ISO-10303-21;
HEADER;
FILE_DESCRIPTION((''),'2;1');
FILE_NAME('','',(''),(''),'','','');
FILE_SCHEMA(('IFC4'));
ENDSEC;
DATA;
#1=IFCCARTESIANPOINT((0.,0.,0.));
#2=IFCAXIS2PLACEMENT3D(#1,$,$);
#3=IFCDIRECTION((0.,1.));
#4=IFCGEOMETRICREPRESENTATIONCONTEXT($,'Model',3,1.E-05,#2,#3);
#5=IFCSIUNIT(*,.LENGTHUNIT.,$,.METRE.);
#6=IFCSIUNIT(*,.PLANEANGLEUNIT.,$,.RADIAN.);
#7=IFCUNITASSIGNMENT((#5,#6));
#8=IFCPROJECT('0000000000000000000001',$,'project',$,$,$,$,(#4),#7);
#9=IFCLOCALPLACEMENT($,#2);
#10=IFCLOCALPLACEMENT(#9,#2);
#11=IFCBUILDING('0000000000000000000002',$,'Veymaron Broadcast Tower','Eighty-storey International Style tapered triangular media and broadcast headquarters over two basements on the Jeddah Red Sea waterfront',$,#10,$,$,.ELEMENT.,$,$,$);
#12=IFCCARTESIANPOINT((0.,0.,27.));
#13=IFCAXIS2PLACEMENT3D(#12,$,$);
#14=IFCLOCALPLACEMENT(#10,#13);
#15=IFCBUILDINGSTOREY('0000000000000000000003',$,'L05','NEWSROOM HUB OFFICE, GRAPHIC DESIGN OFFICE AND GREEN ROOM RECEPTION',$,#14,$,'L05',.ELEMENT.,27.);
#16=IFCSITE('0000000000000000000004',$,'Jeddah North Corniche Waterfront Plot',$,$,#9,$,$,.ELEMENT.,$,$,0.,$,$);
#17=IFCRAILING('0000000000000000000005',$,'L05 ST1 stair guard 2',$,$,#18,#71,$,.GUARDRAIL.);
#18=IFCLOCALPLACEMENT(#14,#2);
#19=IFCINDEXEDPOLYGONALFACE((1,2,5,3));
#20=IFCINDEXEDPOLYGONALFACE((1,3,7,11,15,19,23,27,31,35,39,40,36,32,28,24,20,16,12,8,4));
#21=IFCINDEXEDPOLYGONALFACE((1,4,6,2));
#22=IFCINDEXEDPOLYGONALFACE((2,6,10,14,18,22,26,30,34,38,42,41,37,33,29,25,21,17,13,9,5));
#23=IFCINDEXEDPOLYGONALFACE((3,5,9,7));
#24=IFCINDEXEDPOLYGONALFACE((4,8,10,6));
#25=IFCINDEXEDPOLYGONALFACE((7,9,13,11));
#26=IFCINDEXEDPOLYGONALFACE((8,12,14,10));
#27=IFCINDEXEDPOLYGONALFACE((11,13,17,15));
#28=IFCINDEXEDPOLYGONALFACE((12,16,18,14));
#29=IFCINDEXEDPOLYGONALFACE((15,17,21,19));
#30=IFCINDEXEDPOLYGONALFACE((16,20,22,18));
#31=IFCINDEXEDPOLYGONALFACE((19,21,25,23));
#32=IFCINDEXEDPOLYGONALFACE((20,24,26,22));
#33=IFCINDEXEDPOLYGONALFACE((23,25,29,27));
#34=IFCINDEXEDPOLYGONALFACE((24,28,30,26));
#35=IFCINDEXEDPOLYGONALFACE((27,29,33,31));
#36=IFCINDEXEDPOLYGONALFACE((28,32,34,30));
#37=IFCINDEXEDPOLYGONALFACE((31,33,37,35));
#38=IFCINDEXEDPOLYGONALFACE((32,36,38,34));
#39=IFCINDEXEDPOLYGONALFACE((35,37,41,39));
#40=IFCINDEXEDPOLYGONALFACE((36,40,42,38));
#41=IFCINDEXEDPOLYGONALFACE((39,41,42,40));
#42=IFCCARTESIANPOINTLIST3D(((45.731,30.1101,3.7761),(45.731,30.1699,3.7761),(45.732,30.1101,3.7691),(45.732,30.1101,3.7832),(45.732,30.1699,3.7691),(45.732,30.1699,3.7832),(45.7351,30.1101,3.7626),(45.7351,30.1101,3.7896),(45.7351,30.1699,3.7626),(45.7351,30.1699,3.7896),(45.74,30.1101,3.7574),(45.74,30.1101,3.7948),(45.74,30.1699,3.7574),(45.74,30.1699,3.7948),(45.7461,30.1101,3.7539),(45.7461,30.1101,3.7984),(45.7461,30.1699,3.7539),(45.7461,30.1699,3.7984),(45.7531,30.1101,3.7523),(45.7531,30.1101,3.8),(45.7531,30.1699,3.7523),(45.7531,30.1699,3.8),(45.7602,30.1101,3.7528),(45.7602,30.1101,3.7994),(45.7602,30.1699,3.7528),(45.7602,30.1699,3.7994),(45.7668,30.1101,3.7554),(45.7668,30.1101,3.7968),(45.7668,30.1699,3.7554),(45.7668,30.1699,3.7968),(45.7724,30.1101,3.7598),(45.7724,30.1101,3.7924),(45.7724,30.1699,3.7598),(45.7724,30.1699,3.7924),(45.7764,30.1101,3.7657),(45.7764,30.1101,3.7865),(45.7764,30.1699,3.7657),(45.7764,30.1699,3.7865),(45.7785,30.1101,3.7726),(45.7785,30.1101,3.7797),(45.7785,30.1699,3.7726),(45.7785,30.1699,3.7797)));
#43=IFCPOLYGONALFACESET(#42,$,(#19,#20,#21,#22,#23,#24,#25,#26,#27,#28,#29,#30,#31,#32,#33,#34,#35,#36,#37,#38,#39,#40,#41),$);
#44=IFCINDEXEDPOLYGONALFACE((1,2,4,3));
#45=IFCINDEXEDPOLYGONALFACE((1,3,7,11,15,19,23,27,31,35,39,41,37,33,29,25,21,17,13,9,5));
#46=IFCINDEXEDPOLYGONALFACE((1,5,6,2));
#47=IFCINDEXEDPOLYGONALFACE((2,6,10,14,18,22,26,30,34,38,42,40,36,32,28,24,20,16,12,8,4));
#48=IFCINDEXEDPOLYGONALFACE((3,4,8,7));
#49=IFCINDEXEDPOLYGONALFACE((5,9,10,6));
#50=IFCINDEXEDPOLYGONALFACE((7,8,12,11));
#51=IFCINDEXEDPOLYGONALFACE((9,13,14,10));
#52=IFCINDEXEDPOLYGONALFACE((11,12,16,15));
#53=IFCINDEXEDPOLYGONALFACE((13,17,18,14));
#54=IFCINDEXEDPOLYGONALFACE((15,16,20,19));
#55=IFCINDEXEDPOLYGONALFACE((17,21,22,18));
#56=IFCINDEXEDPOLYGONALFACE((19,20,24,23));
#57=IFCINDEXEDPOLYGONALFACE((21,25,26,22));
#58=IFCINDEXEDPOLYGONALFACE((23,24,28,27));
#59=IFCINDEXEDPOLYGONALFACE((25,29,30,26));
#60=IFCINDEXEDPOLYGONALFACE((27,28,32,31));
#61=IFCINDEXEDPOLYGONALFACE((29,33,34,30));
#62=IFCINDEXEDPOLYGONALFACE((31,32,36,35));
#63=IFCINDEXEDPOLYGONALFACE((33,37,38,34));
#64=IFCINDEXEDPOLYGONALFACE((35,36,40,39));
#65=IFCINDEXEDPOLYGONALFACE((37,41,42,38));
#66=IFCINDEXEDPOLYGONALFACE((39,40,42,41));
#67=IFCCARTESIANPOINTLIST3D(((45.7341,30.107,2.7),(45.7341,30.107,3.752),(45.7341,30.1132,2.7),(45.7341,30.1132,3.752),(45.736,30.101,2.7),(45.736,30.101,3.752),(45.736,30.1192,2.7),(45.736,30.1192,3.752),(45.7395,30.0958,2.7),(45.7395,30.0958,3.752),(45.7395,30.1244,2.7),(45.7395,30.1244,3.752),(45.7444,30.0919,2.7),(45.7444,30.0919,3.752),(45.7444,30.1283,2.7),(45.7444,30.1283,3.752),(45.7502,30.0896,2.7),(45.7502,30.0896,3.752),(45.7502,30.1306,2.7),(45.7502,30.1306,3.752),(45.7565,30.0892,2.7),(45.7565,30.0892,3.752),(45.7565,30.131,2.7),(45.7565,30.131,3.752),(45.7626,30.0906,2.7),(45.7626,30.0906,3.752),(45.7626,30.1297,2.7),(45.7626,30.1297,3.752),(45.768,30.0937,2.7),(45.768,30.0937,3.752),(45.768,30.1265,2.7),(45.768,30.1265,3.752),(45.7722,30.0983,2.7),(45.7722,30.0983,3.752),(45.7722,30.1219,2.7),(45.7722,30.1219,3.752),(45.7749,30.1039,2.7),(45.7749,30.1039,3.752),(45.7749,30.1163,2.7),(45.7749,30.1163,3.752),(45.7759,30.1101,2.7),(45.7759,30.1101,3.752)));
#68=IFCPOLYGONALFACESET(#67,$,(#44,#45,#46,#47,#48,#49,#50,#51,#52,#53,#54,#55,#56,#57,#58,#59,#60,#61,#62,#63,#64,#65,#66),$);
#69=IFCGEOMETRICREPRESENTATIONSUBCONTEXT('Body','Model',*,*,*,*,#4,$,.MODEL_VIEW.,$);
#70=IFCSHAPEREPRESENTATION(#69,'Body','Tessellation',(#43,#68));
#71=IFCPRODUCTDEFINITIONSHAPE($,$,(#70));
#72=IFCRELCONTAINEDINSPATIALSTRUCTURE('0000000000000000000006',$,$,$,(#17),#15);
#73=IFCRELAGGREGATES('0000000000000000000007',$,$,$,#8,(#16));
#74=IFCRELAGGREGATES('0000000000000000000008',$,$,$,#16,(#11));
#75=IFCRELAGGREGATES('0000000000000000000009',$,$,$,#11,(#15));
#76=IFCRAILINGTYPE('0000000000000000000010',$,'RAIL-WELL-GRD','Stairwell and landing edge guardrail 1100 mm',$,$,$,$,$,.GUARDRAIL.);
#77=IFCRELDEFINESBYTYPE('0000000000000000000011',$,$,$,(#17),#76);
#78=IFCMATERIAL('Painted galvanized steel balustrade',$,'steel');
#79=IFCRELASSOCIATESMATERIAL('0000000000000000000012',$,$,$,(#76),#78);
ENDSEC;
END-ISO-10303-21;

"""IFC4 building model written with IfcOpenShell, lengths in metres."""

from ifc_helpers import new_model, si_unit, direction, frame, origin, origin_2d, place, context, subcontext, project, spatial, circle, extrude, material, type_object, element, save


model = new_model("IFC4")

# Units and contexts
model_context = context("Model", 3, precision=1e-05, world=origin(), true_north=direction((0.0, 1.0)))
body_context = subcontext(model_context, "Body", "Model", "MODEL_VIEW")
ifc_project = project(units=[si_unit("LENGTHUNIT", "METRE"), si_unit("PLANEANGLEUNIT", "RADIAN")], contexts=[model_context])

# Site, building, storey
site_placement = place(None, origin())
site = spatial("IfcSite", under=ifc_project, at=site_placement, Name="Jeddah North Corniche Waterfront Plot", CompositionType="ELEMENT", RefElevation=0.0)
building_placement = place(site_placement, origin())
building = spatial("IfcBuilding", under=site, at=building_placement, Name="Veymaron Broadcast Tower", Description="Eighty-storey International Style tapered triangular media and broadcast headquarters over two basements on the Jeddah Red Sea waterfront", CompositionType="ELEMENT")
storey_placement = place(building_placement, frame((0.0, 0.0, 27.0)))
storey = spatial("IfcBuildingStorey", under=building, at=storey_placement, Name="L05", Description="NEWSROOM HUB OFFICE, GRAPHIC DESIGN OFFICE AND GREEN ROOM RECEPTION", LongName="L05", CompositionType="ELEMENT", Elevation=27.0)

# Railing
ifc_material_1 = material(Name="Painted galvanized steel balustrade", Category="steel")
railing_type_1 = type_object("IfcRailingType", Name="RAIL-WELL-GRD", Description="Stairwell and landing edge guardrail 1100 mm", PredefinedType="GUARDRAIL", material=ifc_material_1)
railing_1_placement = place(storey_placement, frame((45.7549, 30.1101, 2.7)))
element("IfcRailing", 1, at=railing_1_placement, inside=storey, type_object=railing_type_1, Name="L05 ST1 stair guard 2", PredefinedType="GUARDRAIL", context=body_context, shape_type="SweptSolid", body=[
    extrude(circle(Radius=0.0239, at=origin_2d()), frame((0.0, 0.0, 1.0762), z_axis=(0.0, 1.0, 0.0), x_axis=(-1.0, 0.0, 0.0)), (0.0, 0.0, 1.0), 0.0598),
    extrude(circle(Radius=0.021, at=origin_2d()), origin(), (0.0, 0.0, 1.0), 1.052),
])

save(model, "model.ifc")
